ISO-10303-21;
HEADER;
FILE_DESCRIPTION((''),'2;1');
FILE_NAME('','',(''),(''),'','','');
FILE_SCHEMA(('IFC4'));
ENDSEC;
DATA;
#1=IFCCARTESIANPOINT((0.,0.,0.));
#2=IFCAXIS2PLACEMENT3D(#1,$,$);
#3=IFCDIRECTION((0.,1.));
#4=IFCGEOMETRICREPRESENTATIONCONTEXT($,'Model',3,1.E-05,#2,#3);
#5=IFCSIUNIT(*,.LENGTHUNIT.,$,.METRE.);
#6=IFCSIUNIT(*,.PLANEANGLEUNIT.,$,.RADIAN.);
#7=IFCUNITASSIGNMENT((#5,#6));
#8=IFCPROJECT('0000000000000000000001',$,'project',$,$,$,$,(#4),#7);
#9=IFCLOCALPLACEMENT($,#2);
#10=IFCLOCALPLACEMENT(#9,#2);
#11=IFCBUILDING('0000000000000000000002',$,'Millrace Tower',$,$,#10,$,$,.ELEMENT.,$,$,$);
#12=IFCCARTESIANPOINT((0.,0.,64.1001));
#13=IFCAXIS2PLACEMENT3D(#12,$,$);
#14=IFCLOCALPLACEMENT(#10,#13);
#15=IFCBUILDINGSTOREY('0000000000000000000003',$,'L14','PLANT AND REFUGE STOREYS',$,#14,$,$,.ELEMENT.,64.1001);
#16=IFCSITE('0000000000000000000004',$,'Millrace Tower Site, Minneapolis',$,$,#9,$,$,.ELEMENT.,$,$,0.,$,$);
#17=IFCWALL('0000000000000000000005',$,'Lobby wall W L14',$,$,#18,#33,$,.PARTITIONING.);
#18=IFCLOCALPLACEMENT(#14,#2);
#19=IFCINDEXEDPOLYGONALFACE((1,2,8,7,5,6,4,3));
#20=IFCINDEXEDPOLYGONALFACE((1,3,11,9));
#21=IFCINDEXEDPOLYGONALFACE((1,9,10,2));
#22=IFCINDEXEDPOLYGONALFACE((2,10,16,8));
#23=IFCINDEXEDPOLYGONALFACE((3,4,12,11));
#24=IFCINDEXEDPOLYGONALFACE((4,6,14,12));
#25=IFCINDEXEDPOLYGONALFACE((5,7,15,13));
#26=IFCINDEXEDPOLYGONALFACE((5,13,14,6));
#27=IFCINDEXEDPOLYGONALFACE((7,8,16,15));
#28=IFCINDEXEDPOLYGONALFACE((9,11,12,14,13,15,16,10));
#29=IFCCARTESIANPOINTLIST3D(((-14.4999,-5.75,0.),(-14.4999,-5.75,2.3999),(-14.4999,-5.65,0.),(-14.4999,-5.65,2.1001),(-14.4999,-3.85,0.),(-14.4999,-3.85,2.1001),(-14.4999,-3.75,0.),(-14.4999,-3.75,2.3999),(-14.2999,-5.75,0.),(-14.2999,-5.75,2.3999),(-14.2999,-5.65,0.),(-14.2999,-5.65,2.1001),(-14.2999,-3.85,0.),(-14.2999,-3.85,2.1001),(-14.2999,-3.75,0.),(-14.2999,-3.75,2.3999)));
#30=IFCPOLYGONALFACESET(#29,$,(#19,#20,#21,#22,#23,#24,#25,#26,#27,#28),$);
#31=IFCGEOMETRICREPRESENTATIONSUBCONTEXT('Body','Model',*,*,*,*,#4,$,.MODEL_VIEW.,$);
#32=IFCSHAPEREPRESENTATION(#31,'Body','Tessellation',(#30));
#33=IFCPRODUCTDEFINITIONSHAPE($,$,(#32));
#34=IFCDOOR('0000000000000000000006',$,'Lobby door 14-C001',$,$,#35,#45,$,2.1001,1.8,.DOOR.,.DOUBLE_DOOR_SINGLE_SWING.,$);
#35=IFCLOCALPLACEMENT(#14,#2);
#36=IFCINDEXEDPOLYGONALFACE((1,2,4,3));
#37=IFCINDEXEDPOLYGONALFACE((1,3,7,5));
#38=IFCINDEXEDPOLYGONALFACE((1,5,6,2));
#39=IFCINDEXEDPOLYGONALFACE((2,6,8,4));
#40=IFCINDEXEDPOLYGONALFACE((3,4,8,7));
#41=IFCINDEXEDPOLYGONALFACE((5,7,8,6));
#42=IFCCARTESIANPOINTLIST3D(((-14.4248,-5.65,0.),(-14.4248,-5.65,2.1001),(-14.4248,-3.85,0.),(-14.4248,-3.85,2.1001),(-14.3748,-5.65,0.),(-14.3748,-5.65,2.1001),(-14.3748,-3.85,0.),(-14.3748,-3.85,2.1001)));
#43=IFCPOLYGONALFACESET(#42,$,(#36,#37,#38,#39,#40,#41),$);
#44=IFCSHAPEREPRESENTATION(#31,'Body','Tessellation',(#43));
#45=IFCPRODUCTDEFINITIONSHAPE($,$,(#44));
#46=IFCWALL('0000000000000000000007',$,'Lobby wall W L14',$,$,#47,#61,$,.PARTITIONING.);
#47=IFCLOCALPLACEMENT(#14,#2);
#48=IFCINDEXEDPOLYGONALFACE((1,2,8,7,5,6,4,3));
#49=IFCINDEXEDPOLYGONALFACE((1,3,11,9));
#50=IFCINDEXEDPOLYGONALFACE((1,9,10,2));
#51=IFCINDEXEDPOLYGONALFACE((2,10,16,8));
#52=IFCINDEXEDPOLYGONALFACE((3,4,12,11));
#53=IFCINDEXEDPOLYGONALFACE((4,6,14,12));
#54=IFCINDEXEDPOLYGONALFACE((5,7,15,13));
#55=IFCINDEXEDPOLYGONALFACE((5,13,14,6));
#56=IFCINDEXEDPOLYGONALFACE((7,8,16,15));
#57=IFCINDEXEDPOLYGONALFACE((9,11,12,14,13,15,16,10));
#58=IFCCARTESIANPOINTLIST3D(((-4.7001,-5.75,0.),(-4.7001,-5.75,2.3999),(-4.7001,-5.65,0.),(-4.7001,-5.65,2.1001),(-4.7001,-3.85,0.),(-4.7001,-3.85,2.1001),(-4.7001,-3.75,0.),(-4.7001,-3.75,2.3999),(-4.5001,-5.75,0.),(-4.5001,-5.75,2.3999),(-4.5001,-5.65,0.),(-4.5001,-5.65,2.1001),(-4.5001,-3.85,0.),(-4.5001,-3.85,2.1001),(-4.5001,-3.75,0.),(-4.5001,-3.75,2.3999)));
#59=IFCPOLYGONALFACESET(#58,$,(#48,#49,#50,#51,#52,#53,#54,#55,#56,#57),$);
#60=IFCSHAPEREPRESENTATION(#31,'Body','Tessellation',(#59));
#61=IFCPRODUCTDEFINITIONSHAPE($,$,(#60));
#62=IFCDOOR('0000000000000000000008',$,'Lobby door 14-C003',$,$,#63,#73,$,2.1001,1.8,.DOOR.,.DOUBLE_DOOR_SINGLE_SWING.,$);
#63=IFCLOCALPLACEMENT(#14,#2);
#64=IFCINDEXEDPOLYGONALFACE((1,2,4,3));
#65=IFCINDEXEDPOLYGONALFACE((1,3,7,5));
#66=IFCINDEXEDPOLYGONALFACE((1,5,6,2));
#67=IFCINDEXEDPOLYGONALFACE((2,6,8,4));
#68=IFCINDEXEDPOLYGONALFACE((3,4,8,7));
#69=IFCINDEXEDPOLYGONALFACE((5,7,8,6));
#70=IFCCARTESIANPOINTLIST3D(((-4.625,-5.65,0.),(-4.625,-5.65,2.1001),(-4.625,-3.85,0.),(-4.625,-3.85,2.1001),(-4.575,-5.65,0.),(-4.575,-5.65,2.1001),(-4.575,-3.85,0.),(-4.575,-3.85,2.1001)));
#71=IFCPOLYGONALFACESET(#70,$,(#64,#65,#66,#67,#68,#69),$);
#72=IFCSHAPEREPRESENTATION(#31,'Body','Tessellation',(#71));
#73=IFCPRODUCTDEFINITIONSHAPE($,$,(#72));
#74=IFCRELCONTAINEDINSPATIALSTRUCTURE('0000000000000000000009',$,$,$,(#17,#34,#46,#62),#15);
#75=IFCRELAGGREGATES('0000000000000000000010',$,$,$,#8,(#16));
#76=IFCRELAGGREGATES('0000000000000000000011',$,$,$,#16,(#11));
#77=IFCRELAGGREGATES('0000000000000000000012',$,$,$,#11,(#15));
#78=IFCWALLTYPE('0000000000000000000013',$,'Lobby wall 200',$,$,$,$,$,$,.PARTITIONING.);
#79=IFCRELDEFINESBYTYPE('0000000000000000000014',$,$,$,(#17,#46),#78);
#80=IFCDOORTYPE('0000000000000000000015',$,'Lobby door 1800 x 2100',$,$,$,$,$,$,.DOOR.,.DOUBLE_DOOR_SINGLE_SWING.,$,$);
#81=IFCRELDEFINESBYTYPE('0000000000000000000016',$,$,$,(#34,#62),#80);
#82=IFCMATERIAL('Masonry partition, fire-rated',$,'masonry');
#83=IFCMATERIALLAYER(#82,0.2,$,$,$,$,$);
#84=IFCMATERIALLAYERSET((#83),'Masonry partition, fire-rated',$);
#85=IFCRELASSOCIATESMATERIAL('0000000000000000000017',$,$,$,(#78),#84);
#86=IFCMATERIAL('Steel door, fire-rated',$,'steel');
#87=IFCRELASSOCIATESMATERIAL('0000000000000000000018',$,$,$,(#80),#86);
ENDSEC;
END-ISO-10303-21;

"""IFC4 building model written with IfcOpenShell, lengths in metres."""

from ifc_helpers import new_model, si_unit, direction, frame, frame_2d, origin, place, context, subcontext, project, spatial, rectangle, extrude, material, layer, layer_set, type_object, element, fill, save


model = new_model("IFC4")

# Units and contexts
model_context = context("Model", 3, precision=1e-05, world=origin(), true_north=direction((0.0, 1.0)))
body_context = subcontext(model_context, "Body", "Model", "MODEL_VIEW")
ifc_project = project(units=[si_unit("LENGTHUNIT", "METRE"), si_unit("PLANEANGLEUNIT", "RADIAN")], contexts=[model_context])

# Site, building, storey
site_placement = place(None, origin())
site = spatial("IfcSite", under=ifc_project, at=site_placement, Name="Millrace Tower Site, Minneapolis", CompositionType="ELEMENT", RefElevation=0.0)
building_placement = place(site_placement, origin())
building = spatial("IfcBuilding", under=site, at=building_placement, Name="Millrace Tower", CompositionType="ELEMENT")
storey_placement = place(building_placement, frame((0.0, 0.0, 64.1001)))
storey = spatial("IfcBuildingStorey", under=building, at=storey_placement, Name="L14", Description="PLANT AND REFUGE STOREYS", CompositionType="ELEMENT", Elevation=64.1001)

# Walls, openings, doors
ifc_material_1 = material(Name="Masonry partition, fire-rated", Category="masonry")
ifc_layer_1 = layer(ifc_material_1, 0.2)
ifc_layer_set_1 = layer_set([ifc_layer_1], Name="Masonry partition, fire-rated")
wall_type_1 = type_object("IfcWallType", Name="Lobby wall 200", PredefinedType="PARTITIONING", material=ifc_layer_set_1)
wall_1_placement = place(storey_placement, frame((-14.3999, -5.75, 0.0), z_axis=(0.0, 0.0, 1.0), x_axis=(0.0, 1.0, 0.0)))
wall_1 = element("IfcWall", 1, at=wall_1_placement, inside=storey, type_object=wall_type_1, Name="Lobby wall W L14", PredefinedType="PARTITIONING", context=body_context, shape_type="SweptSolid", body=[
    extrude(rectangle(XDim=2.0, YDim=0.2, at=frame_2d((1.0, 0.0))), origin(), (0.0, 0.0, 1.0), 2.3999),
])
opening_1_placement = place(wall_1_placement, frame((0.1001, 0.0, 0.0)))
opening_1 = element("IfcOpeningElement", 2, at=opening_1_placement, cuts=wall_1, PredefinedType="OPENING", context=body_context, shape_type="SweptSolid", body=[
    extrude(rectangle(XDim=1.8, YDim=2.1001, at=frame_2d((0.8999, 1.05))), frame((0.0, 0.1099, 0.0), z_axis=(0.0, -1.0, 0.0), x_axis=(1.0, 0.0, 0.0)), (0.0, 0.0, 1.0), 0.22),
])
ifc_material_2 = material(Name="Steel door, fire-rated", Category="steel")
door_type_1 = type_object("IfcDoorType", Name="Lobby door 1800 x 2100", OperationType="DOUBLE_DOOR_SINGLE_SWING", PredefinedType="DOOR", material=ifc_material_2)
door_1_placement = place(opening_1_placement, origin())
door_1 = element("IfcDoor", 3, at=door_1_placement, inside=storey, type_object=door_type_1, Name="Lobby door 14-C001", OperationType="DOUBLE_DOOR_SINGLE_SWING", OverallHeight=2.1001, OverallWidth=1.8, PredefinedType="DOOR", context=body_context, shape_type="SweptSolid", body=[
    extrude(rectangle(XDim=1.8, YDim=2.1001, at=frame_2d((0.8999, 1.05))), frame((0.0, 0.0249, 0.0), z_axis=(0.0, -1.0, 0.0), x_axis=(1.0, 0.0, 0.0)), (0.0, 0.0, 1.0), 0.05),
])
fill(opening_1, door_1)
wall_2_placement = place(storey_placement, frame((-4.6001, -5.75, 0.0), z_axis=(0.0, 0.0, 1.0), x_axis=(0.0, 1.0, 0.0)))
wall_2 = element("IfcWall", 4, at=wall_2_placement, inside=storey, type_object=wall_type_1, Name="Lobby wall W L14", PredefinedType="PARTITIONING", context=body_context, shape_type="SweptSolid", body=[
    extrude(rectangle(XDim=2.0, YDim=0.2, at=frame_2d((1.0, 0.0))), origin(), (0.0, 0.0, 1.0), 2.3999),
])
opening_2_placement = place(wall_2_placement, frame((0.1001, 0.0, 0.0)))
opening_2 = element("IfcOpeningElement", 5, at=opening_2_placement, cuts=wall_2, PredefinedType="OPENING", context=body_context, shape_type="SweptSolid", body=[
    extrude(rectangle(XDim=1.8, YDim=2.1001, at=frame_2d((0.8999, 1.05))), frame((0.0, 0.1099, 0.0), z_axis=(0.0, -1.0, 0.0), x_axis=(1.0, 0.0, 0.0)), (0.0, 0.0, 1.0), 0.22),
])
door_2_placement = place(opening_2_placement, origin())
door_2 = element("IfcDoor", 6, at=door_2_placement, inside=storey, type_object=door_type_1, Name="Lobby door 14-C003", OperationType="DOUBLE_DOOR_SINGLE_SWING", OverallHeight=2.1001, OverallWidth=1.8, PredefinedType="DOOR", context=body_context, shape_type="SweptSolid", body=[
    extrude(rectangle(XDim=1.8, YDim=2.1001, at=frame_2d((0.8999, 1.05))), frame((0.0, 0.0249, 0.0), z_axis=(0.0, -1.0, 0.0), x_axis=(1.0, 0.0, 0.0)), (0.0, 0.0, 1.0), 0.05),
])
fill(opening_2, door_2)

save(model, "model.ifc")
